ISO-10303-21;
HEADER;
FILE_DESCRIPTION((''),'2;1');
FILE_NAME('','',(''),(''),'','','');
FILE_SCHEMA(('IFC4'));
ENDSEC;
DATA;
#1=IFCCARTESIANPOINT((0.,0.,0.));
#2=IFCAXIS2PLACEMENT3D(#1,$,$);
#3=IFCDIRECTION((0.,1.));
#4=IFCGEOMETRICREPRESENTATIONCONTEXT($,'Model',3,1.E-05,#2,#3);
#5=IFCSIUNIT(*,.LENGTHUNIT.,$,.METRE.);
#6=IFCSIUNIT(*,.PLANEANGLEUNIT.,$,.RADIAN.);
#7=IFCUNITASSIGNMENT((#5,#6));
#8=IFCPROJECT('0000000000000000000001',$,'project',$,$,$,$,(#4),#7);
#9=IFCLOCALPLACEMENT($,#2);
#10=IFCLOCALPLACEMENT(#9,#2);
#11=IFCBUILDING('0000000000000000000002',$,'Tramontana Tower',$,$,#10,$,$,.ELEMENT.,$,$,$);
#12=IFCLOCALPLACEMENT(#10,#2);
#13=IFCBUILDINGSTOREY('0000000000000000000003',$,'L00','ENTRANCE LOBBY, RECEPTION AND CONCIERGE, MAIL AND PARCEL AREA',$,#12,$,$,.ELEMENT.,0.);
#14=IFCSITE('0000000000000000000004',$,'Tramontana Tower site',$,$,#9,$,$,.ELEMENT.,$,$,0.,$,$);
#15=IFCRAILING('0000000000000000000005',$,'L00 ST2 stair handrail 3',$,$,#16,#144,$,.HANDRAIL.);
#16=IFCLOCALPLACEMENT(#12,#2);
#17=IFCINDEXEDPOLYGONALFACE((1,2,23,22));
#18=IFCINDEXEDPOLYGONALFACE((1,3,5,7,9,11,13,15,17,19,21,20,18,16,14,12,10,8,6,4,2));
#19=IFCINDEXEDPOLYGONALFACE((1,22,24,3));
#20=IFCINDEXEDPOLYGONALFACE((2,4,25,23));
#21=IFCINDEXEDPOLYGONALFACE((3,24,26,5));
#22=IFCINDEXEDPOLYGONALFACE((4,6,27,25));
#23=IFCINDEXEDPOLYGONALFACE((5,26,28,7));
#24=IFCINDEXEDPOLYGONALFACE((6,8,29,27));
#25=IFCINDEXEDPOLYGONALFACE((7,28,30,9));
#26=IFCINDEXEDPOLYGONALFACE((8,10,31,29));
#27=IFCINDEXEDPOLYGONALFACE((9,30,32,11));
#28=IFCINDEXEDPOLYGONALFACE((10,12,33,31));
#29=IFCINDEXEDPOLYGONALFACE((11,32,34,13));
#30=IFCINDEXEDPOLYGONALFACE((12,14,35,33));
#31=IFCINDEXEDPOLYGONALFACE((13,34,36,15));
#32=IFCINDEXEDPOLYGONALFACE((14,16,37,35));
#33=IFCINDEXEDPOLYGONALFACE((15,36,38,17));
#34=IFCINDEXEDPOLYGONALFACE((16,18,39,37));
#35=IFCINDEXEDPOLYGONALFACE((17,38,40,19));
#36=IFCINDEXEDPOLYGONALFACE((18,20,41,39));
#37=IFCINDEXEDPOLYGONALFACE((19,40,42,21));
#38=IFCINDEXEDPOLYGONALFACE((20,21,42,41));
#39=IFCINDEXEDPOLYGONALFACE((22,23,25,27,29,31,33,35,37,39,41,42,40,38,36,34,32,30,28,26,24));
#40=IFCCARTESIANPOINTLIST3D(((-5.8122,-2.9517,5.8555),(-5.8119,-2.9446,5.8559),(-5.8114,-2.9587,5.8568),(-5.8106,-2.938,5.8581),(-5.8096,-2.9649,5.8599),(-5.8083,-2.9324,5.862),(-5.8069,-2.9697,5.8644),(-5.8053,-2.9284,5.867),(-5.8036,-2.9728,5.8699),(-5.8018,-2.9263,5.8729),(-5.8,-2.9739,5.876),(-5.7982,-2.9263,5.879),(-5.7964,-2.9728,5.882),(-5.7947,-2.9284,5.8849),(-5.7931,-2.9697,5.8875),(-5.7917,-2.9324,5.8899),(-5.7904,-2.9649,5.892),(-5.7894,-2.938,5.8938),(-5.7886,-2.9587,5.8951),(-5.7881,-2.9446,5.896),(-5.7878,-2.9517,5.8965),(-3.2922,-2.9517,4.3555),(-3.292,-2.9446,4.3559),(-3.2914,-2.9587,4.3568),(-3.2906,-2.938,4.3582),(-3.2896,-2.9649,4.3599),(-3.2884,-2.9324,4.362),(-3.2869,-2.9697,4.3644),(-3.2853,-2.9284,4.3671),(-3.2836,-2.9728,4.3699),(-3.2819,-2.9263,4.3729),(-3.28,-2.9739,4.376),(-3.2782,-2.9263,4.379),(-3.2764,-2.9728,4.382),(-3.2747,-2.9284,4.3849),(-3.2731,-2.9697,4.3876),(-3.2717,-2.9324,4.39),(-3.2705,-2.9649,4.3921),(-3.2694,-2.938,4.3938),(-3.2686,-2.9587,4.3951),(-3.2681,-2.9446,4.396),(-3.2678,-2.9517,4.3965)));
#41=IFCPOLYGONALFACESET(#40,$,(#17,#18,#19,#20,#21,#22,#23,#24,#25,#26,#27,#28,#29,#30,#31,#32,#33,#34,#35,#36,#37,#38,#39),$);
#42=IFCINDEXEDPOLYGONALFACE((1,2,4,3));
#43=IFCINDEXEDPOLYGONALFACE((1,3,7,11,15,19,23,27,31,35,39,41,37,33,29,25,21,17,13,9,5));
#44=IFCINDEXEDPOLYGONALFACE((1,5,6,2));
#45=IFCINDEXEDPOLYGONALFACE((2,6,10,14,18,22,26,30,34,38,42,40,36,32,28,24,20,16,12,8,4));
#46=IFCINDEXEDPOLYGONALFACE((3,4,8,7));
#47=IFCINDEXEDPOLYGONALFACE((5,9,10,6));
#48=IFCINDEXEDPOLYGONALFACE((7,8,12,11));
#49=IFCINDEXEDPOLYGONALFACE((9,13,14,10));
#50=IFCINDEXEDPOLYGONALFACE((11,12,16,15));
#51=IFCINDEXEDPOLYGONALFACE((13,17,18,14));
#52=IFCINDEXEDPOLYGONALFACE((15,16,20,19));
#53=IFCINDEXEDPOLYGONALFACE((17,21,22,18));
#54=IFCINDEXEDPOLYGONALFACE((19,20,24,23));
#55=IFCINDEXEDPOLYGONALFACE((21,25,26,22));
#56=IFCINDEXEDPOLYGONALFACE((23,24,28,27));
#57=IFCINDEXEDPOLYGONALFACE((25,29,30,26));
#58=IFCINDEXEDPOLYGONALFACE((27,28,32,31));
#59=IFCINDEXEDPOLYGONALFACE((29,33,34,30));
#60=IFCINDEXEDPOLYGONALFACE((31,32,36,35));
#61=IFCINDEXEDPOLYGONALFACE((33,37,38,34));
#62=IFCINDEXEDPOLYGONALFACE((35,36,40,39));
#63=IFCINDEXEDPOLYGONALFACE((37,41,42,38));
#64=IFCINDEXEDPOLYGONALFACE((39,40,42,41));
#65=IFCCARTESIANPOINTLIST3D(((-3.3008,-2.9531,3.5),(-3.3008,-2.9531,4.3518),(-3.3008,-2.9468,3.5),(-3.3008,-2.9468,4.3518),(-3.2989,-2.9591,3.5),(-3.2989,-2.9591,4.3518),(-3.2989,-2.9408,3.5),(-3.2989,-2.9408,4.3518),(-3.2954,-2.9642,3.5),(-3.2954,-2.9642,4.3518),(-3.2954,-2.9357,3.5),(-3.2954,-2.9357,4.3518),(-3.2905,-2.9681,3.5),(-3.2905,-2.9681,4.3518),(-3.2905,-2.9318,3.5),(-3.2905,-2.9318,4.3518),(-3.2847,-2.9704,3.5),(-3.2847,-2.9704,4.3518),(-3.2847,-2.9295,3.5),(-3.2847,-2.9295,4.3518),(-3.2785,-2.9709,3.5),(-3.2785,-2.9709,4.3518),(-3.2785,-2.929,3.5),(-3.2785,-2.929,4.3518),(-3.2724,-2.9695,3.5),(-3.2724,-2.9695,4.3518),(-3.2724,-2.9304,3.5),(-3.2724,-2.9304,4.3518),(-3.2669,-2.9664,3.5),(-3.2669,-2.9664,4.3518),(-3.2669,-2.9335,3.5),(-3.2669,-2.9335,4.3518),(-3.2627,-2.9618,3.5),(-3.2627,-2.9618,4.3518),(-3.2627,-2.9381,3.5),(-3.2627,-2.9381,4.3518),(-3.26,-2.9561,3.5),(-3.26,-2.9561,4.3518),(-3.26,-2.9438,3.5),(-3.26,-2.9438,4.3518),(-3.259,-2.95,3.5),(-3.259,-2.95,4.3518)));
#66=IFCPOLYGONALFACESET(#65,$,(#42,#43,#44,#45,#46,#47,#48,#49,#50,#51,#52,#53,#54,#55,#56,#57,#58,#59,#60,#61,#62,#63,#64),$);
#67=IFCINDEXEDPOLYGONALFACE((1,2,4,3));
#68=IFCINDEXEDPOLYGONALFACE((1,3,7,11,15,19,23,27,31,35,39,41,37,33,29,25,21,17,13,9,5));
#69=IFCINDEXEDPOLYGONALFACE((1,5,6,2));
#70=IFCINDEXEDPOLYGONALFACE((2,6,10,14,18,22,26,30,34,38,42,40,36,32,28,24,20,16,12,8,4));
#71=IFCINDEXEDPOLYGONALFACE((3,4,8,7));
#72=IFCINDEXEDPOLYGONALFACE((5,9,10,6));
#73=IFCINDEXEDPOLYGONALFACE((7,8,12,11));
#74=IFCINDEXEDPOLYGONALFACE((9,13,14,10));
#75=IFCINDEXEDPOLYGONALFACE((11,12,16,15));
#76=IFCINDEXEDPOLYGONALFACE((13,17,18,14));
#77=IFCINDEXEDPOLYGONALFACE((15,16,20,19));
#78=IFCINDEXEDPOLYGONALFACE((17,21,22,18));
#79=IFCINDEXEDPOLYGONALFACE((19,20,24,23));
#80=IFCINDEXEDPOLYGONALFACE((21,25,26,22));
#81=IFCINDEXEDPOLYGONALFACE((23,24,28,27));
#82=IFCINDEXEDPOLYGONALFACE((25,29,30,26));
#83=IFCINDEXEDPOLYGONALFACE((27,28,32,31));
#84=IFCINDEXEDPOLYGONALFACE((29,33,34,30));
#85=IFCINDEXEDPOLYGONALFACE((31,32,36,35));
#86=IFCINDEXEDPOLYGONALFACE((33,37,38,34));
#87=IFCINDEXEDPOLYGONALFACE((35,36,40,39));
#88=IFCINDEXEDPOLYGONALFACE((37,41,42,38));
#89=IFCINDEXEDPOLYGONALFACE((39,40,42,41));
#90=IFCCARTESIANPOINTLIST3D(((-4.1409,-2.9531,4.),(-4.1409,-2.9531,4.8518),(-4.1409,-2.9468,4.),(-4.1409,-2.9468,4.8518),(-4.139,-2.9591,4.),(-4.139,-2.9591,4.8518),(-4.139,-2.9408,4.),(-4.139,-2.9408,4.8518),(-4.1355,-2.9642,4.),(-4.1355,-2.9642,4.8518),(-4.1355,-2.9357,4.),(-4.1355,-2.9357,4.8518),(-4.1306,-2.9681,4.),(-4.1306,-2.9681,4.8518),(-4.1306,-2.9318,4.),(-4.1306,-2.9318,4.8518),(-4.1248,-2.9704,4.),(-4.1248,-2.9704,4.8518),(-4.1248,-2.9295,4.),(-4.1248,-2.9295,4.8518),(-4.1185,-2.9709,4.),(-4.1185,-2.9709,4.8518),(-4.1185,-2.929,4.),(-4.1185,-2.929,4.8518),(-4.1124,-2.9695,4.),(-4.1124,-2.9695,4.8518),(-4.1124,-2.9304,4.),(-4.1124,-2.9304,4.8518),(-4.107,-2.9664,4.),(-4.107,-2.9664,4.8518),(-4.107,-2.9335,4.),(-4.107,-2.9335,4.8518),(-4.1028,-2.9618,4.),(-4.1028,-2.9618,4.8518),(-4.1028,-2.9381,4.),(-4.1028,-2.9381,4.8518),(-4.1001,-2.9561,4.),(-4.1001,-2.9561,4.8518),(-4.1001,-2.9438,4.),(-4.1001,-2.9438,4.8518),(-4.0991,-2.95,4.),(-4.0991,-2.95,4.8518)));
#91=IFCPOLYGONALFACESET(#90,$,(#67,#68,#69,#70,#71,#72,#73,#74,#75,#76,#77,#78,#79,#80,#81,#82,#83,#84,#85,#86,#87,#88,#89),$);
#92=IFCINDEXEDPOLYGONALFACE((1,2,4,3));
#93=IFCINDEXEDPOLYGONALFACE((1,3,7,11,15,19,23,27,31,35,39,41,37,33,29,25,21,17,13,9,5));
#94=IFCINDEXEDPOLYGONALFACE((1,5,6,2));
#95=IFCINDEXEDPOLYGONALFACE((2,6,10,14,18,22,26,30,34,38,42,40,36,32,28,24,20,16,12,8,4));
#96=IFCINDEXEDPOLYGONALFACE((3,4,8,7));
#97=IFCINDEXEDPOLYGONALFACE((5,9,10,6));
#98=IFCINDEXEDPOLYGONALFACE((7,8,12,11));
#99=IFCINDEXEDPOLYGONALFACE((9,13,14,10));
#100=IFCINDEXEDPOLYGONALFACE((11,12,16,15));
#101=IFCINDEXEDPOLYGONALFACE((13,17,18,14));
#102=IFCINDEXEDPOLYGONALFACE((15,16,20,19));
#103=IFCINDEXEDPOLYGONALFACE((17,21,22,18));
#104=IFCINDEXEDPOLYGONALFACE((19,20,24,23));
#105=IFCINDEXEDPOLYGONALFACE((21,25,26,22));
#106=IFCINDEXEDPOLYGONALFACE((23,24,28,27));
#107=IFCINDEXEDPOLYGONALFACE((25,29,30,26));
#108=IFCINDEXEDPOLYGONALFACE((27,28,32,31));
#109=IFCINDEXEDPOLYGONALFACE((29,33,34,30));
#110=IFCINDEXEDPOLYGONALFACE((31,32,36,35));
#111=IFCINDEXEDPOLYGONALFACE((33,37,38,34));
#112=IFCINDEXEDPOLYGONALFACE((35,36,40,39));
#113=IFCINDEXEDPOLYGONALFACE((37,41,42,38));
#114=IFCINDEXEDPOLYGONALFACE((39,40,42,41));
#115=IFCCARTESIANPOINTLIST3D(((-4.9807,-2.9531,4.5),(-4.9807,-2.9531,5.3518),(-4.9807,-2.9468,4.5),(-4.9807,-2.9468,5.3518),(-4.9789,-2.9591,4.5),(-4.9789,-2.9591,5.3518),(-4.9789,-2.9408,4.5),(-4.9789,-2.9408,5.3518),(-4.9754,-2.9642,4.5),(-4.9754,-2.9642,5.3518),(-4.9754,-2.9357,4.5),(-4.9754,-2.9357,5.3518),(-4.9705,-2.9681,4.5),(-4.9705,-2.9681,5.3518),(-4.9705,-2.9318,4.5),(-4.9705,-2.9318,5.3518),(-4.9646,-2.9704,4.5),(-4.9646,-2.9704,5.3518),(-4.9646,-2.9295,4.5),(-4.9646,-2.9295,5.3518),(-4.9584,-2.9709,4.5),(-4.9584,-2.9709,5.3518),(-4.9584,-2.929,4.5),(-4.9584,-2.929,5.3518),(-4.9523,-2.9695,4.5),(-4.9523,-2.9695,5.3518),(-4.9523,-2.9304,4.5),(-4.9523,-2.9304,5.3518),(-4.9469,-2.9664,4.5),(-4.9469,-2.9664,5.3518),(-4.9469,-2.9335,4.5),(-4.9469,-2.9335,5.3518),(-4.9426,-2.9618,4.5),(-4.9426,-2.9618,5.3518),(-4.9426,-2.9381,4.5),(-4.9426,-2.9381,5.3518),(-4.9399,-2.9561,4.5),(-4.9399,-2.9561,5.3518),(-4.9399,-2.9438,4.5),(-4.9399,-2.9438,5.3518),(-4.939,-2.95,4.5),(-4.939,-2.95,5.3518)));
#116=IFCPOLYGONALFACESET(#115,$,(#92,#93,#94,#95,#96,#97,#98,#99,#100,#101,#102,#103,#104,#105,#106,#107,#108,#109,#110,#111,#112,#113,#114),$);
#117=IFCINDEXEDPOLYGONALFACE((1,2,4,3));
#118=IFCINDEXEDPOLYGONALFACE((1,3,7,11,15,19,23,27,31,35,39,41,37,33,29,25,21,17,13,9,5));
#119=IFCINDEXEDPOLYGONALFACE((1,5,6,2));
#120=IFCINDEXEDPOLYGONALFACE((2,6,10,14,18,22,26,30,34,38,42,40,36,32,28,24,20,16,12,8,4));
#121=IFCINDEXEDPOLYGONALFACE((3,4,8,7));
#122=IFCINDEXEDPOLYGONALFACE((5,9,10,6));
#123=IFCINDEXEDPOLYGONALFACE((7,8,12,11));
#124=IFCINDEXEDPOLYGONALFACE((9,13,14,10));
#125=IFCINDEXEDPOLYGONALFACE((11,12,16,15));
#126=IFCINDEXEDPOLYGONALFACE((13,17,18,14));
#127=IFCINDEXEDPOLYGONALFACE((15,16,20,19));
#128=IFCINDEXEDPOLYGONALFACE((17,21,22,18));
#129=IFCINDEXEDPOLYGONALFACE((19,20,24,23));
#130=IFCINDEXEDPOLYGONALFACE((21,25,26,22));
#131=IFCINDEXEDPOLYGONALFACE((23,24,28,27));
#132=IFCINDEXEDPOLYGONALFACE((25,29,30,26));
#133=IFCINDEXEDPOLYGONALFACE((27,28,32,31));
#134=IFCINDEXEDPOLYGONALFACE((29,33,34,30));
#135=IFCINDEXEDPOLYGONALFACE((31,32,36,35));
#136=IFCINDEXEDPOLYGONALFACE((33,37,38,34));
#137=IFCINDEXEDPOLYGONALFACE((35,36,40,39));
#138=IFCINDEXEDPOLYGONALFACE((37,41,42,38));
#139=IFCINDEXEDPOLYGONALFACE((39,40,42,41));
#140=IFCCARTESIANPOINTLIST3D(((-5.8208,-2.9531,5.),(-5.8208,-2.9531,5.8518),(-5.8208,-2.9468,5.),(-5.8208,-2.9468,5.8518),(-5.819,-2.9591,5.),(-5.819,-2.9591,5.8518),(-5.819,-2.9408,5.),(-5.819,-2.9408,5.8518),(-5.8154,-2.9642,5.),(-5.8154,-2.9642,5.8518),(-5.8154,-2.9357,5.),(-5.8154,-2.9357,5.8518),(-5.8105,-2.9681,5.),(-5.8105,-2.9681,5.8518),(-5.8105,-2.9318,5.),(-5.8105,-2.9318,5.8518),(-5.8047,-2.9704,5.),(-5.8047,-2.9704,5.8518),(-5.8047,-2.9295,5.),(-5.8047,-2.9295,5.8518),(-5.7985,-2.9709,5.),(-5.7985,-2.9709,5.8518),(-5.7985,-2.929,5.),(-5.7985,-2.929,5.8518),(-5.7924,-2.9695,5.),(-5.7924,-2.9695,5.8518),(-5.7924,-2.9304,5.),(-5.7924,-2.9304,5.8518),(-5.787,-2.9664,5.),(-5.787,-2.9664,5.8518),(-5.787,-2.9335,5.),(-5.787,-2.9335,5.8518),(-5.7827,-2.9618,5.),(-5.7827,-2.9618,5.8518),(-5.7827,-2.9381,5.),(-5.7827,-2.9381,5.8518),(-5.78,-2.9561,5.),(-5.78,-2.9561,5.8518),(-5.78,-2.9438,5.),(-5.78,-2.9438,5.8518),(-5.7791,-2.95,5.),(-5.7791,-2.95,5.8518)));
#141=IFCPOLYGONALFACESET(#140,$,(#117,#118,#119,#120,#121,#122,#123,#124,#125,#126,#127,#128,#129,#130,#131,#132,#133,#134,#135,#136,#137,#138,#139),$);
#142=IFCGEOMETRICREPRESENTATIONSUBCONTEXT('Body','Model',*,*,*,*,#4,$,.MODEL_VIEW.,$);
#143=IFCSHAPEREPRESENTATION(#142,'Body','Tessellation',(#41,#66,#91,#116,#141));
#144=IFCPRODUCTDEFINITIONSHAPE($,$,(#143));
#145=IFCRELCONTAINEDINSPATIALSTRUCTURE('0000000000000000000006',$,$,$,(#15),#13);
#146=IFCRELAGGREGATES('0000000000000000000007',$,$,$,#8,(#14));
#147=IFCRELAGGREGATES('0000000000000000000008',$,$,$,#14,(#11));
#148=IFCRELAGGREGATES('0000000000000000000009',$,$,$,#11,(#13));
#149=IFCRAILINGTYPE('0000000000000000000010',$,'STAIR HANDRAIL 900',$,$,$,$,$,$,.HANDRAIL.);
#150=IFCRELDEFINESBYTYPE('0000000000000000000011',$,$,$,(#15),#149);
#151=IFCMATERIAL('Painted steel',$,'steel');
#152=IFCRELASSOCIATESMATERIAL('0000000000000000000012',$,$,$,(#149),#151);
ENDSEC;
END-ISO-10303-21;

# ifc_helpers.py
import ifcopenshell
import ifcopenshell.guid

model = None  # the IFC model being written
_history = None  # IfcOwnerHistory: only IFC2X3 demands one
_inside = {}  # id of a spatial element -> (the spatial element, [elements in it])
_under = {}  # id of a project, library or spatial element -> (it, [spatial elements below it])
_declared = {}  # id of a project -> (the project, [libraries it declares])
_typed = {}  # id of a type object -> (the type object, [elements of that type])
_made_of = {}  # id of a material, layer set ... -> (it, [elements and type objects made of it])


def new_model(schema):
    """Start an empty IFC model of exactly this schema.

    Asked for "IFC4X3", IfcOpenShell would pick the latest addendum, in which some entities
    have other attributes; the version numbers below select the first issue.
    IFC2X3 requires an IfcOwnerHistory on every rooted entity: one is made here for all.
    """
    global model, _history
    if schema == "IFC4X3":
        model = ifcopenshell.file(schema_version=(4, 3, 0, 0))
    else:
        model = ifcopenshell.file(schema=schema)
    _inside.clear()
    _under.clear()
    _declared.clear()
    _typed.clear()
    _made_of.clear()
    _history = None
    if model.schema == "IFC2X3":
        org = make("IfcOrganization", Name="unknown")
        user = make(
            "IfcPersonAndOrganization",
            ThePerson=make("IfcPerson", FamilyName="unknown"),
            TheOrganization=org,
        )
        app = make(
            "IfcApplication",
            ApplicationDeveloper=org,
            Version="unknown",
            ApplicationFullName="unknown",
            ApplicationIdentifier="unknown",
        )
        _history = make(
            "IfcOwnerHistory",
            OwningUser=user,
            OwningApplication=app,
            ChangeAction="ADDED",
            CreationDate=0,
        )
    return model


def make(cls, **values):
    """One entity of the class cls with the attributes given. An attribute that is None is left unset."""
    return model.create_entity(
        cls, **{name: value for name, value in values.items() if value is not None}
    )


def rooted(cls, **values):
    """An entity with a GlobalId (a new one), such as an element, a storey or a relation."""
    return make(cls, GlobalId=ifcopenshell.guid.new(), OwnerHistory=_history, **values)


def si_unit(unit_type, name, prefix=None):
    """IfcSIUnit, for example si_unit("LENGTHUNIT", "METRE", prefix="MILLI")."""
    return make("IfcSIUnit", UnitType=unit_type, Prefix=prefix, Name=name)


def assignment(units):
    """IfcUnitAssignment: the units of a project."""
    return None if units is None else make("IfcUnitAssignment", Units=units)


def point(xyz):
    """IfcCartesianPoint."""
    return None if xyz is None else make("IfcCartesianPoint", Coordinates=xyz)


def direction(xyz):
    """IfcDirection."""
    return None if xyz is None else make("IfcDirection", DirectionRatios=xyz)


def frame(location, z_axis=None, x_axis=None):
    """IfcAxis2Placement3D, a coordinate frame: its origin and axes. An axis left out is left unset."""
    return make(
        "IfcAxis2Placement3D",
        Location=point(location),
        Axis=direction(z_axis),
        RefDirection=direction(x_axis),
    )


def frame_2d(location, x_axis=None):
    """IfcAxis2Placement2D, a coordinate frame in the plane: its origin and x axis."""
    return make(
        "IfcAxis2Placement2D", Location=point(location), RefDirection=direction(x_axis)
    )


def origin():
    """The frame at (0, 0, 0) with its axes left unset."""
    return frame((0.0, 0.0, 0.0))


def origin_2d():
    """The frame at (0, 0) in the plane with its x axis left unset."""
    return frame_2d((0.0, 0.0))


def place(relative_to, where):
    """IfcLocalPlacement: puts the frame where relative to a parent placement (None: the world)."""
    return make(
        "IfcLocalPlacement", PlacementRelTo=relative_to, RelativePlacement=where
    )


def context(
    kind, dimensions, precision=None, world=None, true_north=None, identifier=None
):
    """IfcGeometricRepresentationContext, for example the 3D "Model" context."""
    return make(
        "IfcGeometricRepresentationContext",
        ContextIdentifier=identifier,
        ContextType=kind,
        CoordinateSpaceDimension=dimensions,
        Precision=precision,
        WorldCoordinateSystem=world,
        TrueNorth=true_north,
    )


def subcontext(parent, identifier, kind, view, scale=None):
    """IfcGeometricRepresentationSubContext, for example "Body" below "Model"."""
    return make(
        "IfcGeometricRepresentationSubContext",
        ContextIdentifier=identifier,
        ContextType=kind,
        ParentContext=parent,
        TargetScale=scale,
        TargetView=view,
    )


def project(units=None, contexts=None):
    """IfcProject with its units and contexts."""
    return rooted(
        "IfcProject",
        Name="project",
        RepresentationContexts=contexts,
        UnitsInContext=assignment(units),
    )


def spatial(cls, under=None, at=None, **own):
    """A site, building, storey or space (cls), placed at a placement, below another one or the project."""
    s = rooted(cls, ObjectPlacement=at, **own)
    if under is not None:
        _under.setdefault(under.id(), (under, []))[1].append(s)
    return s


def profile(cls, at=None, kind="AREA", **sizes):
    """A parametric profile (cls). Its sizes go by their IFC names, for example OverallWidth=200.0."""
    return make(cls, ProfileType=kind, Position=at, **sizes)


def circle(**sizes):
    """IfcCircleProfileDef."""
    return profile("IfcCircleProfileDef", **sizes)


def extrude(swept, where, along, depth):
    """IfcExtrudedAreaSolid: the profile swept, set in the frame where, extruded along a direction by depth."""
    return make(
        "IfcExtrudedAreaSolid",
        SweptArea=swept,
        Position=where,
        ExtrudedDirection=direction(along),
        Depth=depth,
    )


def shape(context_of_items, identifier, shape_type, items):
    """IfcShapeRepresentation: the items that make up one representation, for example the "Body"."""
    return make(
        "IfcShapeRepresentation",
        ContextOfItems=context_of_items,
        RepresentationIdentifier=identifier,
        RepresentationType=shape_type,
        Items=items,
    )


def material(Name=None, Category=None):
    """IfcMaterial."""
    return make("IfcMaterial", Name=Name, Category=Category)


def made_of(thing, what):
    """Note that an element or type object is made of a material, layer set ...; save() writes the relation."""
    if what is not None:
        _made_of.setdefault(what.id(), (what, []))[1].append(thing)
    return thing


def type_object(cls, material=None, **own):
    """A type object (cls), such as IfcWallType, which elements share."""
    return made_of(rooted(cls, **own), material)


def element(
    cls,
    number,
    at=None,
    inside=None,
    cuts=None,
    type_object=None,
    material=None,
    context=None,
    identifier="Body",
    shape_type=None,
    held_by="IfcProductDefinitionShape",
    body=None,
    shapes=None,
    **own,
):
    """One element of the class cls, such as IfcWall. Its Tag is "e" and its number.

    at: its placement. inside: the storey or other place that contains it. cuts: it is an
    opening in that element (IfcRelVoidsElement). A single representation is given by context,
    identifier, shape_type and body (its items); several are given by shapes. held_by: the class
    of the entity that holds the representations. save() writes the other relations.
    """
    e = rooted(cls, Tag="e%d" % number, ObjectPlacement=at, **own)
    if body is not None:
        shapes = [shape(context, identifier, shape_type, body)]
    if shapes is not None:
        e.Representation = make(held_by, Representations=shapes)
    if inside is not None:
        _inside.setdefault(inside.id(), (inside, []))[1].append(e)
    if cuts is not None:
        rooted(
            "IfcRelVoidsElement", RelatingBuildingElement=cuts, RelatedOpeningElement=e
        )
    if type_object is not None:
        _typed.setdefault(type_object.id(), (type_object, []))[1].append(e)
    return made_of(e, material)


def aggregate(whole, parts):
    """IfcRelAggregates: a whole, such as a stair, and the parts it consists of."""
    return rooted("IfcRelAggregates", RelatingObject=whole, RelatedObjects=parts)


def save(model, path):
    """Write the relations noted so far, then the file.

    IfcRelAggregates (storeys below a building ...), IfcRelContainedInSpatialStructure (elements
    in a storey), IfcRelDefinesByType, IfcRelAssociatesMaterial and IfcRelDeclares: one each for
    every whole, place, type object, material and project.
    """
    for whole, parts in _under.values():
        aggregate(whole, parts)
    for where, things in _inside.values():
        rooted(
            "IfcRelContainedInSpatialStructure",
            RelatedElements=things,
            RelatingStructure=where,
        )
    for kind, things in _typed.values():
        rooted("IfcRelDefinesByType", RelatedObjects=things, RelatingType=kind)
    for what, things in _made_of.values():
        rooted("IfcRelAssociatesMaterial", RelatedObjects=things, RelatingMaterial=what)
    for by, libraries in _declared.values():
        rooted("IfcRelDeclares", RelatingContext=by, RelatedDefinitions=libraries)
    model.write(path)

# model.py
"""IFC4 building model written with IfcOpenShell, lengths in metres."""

from ifc_helpers import new_model, si_unit, direction, frame, origin, origin_2d, place, context, subcontext, project, spatial, circle, extrude, material, type_object, element, save


model = new_model("IFC4")

# Units and contexts
model_context = context("Model", 3, precision=1e-05, world=origin(), true_north=direction((0.0, 1.0)))
body_context = subcontext(model_context, "Body", "Model", "MODEL_VIEW")
ifc_project = project(units=[si_unit("LENGTHUNIT", "METRE"), si_unit("PLANEANGLEUNIT", "RADIAN")], contexts=[model_context])

# Site, building, storey
site_placement = place(None, origin())
site = spatial("IfcSite", under=ifc_project, at=site_placement, Name="Tramontana Tower site", CompositionType="ELEMENT", RefElevation=0.0)
building_placement = place(site_placement, origin())
building = spatial("IfcBuilding", under=site, at=building_placement, Name="Tramontana Tower", CompositionType="ELEMENT")
storey_placement = place(building_placement, origin())
storey = spatial("IfcBuildingStorey", under=building, at=storey_placement, Name="L00", Description="ENTRANCE LOBBY, RECEPTION AND CONCIERGE, MAIL AND PARCEL AREA", CompositionType="ELEMENT", Elevation=0.0)

# Railing
ifc_material_1 = material(Name="Painted steel", Category="steel")
railing_type_1 = type_object("IfcRailingType", Name="STAIR HANDRAIL 900", PredefinedType="HANDRAIL", material=ifc_material_1)
for number, where, name in (
    (1, (-3.28, -2.95, 3.5), "L00 ST2 stair handrail 3"),
):
    element("IfcRailing", number, at=place(storey_placement, frame(where)), inside=storey, type_object=railing_type_1, Name=name, PredefinedType="HANDRAIL", context=body_context, shape_type="SweptSolid", body=[
        extrude(circle(Radius=0.0239, at=origin_2d()), frame((0.0, 0.0, 0.876), z_axis=(-0.859295, 0.0, 0.511481), x_axis=(0.0, -1.0, 0.0)), (0.0, 0.0, 1.0), 2.9326),
        extrude(circle(Radius=0.021, at=origin_2d()), origin(), (0.0, 0.0, 1.0), 0.8518),
        extrude(circle(Radius=0.021, at=origin_2d()), frame((-0.8401, 0.0, 0.5)), (0.0, 0.0, 1.0), 0.8518),
        extrude(circle(Radius=0.021, at=origin_2d()), frame((-1.6799, 0.0, 1.0)), (0.0, 0.0, 1.0), 0.8518),
        extrude(circle(Radius=0.021, at=origin_2d()), frame((-2.52, 0.0, 1.5)), (0.0, 0.0, 1.0), 0.8518),
    ])

save(model, "model.ifc")
